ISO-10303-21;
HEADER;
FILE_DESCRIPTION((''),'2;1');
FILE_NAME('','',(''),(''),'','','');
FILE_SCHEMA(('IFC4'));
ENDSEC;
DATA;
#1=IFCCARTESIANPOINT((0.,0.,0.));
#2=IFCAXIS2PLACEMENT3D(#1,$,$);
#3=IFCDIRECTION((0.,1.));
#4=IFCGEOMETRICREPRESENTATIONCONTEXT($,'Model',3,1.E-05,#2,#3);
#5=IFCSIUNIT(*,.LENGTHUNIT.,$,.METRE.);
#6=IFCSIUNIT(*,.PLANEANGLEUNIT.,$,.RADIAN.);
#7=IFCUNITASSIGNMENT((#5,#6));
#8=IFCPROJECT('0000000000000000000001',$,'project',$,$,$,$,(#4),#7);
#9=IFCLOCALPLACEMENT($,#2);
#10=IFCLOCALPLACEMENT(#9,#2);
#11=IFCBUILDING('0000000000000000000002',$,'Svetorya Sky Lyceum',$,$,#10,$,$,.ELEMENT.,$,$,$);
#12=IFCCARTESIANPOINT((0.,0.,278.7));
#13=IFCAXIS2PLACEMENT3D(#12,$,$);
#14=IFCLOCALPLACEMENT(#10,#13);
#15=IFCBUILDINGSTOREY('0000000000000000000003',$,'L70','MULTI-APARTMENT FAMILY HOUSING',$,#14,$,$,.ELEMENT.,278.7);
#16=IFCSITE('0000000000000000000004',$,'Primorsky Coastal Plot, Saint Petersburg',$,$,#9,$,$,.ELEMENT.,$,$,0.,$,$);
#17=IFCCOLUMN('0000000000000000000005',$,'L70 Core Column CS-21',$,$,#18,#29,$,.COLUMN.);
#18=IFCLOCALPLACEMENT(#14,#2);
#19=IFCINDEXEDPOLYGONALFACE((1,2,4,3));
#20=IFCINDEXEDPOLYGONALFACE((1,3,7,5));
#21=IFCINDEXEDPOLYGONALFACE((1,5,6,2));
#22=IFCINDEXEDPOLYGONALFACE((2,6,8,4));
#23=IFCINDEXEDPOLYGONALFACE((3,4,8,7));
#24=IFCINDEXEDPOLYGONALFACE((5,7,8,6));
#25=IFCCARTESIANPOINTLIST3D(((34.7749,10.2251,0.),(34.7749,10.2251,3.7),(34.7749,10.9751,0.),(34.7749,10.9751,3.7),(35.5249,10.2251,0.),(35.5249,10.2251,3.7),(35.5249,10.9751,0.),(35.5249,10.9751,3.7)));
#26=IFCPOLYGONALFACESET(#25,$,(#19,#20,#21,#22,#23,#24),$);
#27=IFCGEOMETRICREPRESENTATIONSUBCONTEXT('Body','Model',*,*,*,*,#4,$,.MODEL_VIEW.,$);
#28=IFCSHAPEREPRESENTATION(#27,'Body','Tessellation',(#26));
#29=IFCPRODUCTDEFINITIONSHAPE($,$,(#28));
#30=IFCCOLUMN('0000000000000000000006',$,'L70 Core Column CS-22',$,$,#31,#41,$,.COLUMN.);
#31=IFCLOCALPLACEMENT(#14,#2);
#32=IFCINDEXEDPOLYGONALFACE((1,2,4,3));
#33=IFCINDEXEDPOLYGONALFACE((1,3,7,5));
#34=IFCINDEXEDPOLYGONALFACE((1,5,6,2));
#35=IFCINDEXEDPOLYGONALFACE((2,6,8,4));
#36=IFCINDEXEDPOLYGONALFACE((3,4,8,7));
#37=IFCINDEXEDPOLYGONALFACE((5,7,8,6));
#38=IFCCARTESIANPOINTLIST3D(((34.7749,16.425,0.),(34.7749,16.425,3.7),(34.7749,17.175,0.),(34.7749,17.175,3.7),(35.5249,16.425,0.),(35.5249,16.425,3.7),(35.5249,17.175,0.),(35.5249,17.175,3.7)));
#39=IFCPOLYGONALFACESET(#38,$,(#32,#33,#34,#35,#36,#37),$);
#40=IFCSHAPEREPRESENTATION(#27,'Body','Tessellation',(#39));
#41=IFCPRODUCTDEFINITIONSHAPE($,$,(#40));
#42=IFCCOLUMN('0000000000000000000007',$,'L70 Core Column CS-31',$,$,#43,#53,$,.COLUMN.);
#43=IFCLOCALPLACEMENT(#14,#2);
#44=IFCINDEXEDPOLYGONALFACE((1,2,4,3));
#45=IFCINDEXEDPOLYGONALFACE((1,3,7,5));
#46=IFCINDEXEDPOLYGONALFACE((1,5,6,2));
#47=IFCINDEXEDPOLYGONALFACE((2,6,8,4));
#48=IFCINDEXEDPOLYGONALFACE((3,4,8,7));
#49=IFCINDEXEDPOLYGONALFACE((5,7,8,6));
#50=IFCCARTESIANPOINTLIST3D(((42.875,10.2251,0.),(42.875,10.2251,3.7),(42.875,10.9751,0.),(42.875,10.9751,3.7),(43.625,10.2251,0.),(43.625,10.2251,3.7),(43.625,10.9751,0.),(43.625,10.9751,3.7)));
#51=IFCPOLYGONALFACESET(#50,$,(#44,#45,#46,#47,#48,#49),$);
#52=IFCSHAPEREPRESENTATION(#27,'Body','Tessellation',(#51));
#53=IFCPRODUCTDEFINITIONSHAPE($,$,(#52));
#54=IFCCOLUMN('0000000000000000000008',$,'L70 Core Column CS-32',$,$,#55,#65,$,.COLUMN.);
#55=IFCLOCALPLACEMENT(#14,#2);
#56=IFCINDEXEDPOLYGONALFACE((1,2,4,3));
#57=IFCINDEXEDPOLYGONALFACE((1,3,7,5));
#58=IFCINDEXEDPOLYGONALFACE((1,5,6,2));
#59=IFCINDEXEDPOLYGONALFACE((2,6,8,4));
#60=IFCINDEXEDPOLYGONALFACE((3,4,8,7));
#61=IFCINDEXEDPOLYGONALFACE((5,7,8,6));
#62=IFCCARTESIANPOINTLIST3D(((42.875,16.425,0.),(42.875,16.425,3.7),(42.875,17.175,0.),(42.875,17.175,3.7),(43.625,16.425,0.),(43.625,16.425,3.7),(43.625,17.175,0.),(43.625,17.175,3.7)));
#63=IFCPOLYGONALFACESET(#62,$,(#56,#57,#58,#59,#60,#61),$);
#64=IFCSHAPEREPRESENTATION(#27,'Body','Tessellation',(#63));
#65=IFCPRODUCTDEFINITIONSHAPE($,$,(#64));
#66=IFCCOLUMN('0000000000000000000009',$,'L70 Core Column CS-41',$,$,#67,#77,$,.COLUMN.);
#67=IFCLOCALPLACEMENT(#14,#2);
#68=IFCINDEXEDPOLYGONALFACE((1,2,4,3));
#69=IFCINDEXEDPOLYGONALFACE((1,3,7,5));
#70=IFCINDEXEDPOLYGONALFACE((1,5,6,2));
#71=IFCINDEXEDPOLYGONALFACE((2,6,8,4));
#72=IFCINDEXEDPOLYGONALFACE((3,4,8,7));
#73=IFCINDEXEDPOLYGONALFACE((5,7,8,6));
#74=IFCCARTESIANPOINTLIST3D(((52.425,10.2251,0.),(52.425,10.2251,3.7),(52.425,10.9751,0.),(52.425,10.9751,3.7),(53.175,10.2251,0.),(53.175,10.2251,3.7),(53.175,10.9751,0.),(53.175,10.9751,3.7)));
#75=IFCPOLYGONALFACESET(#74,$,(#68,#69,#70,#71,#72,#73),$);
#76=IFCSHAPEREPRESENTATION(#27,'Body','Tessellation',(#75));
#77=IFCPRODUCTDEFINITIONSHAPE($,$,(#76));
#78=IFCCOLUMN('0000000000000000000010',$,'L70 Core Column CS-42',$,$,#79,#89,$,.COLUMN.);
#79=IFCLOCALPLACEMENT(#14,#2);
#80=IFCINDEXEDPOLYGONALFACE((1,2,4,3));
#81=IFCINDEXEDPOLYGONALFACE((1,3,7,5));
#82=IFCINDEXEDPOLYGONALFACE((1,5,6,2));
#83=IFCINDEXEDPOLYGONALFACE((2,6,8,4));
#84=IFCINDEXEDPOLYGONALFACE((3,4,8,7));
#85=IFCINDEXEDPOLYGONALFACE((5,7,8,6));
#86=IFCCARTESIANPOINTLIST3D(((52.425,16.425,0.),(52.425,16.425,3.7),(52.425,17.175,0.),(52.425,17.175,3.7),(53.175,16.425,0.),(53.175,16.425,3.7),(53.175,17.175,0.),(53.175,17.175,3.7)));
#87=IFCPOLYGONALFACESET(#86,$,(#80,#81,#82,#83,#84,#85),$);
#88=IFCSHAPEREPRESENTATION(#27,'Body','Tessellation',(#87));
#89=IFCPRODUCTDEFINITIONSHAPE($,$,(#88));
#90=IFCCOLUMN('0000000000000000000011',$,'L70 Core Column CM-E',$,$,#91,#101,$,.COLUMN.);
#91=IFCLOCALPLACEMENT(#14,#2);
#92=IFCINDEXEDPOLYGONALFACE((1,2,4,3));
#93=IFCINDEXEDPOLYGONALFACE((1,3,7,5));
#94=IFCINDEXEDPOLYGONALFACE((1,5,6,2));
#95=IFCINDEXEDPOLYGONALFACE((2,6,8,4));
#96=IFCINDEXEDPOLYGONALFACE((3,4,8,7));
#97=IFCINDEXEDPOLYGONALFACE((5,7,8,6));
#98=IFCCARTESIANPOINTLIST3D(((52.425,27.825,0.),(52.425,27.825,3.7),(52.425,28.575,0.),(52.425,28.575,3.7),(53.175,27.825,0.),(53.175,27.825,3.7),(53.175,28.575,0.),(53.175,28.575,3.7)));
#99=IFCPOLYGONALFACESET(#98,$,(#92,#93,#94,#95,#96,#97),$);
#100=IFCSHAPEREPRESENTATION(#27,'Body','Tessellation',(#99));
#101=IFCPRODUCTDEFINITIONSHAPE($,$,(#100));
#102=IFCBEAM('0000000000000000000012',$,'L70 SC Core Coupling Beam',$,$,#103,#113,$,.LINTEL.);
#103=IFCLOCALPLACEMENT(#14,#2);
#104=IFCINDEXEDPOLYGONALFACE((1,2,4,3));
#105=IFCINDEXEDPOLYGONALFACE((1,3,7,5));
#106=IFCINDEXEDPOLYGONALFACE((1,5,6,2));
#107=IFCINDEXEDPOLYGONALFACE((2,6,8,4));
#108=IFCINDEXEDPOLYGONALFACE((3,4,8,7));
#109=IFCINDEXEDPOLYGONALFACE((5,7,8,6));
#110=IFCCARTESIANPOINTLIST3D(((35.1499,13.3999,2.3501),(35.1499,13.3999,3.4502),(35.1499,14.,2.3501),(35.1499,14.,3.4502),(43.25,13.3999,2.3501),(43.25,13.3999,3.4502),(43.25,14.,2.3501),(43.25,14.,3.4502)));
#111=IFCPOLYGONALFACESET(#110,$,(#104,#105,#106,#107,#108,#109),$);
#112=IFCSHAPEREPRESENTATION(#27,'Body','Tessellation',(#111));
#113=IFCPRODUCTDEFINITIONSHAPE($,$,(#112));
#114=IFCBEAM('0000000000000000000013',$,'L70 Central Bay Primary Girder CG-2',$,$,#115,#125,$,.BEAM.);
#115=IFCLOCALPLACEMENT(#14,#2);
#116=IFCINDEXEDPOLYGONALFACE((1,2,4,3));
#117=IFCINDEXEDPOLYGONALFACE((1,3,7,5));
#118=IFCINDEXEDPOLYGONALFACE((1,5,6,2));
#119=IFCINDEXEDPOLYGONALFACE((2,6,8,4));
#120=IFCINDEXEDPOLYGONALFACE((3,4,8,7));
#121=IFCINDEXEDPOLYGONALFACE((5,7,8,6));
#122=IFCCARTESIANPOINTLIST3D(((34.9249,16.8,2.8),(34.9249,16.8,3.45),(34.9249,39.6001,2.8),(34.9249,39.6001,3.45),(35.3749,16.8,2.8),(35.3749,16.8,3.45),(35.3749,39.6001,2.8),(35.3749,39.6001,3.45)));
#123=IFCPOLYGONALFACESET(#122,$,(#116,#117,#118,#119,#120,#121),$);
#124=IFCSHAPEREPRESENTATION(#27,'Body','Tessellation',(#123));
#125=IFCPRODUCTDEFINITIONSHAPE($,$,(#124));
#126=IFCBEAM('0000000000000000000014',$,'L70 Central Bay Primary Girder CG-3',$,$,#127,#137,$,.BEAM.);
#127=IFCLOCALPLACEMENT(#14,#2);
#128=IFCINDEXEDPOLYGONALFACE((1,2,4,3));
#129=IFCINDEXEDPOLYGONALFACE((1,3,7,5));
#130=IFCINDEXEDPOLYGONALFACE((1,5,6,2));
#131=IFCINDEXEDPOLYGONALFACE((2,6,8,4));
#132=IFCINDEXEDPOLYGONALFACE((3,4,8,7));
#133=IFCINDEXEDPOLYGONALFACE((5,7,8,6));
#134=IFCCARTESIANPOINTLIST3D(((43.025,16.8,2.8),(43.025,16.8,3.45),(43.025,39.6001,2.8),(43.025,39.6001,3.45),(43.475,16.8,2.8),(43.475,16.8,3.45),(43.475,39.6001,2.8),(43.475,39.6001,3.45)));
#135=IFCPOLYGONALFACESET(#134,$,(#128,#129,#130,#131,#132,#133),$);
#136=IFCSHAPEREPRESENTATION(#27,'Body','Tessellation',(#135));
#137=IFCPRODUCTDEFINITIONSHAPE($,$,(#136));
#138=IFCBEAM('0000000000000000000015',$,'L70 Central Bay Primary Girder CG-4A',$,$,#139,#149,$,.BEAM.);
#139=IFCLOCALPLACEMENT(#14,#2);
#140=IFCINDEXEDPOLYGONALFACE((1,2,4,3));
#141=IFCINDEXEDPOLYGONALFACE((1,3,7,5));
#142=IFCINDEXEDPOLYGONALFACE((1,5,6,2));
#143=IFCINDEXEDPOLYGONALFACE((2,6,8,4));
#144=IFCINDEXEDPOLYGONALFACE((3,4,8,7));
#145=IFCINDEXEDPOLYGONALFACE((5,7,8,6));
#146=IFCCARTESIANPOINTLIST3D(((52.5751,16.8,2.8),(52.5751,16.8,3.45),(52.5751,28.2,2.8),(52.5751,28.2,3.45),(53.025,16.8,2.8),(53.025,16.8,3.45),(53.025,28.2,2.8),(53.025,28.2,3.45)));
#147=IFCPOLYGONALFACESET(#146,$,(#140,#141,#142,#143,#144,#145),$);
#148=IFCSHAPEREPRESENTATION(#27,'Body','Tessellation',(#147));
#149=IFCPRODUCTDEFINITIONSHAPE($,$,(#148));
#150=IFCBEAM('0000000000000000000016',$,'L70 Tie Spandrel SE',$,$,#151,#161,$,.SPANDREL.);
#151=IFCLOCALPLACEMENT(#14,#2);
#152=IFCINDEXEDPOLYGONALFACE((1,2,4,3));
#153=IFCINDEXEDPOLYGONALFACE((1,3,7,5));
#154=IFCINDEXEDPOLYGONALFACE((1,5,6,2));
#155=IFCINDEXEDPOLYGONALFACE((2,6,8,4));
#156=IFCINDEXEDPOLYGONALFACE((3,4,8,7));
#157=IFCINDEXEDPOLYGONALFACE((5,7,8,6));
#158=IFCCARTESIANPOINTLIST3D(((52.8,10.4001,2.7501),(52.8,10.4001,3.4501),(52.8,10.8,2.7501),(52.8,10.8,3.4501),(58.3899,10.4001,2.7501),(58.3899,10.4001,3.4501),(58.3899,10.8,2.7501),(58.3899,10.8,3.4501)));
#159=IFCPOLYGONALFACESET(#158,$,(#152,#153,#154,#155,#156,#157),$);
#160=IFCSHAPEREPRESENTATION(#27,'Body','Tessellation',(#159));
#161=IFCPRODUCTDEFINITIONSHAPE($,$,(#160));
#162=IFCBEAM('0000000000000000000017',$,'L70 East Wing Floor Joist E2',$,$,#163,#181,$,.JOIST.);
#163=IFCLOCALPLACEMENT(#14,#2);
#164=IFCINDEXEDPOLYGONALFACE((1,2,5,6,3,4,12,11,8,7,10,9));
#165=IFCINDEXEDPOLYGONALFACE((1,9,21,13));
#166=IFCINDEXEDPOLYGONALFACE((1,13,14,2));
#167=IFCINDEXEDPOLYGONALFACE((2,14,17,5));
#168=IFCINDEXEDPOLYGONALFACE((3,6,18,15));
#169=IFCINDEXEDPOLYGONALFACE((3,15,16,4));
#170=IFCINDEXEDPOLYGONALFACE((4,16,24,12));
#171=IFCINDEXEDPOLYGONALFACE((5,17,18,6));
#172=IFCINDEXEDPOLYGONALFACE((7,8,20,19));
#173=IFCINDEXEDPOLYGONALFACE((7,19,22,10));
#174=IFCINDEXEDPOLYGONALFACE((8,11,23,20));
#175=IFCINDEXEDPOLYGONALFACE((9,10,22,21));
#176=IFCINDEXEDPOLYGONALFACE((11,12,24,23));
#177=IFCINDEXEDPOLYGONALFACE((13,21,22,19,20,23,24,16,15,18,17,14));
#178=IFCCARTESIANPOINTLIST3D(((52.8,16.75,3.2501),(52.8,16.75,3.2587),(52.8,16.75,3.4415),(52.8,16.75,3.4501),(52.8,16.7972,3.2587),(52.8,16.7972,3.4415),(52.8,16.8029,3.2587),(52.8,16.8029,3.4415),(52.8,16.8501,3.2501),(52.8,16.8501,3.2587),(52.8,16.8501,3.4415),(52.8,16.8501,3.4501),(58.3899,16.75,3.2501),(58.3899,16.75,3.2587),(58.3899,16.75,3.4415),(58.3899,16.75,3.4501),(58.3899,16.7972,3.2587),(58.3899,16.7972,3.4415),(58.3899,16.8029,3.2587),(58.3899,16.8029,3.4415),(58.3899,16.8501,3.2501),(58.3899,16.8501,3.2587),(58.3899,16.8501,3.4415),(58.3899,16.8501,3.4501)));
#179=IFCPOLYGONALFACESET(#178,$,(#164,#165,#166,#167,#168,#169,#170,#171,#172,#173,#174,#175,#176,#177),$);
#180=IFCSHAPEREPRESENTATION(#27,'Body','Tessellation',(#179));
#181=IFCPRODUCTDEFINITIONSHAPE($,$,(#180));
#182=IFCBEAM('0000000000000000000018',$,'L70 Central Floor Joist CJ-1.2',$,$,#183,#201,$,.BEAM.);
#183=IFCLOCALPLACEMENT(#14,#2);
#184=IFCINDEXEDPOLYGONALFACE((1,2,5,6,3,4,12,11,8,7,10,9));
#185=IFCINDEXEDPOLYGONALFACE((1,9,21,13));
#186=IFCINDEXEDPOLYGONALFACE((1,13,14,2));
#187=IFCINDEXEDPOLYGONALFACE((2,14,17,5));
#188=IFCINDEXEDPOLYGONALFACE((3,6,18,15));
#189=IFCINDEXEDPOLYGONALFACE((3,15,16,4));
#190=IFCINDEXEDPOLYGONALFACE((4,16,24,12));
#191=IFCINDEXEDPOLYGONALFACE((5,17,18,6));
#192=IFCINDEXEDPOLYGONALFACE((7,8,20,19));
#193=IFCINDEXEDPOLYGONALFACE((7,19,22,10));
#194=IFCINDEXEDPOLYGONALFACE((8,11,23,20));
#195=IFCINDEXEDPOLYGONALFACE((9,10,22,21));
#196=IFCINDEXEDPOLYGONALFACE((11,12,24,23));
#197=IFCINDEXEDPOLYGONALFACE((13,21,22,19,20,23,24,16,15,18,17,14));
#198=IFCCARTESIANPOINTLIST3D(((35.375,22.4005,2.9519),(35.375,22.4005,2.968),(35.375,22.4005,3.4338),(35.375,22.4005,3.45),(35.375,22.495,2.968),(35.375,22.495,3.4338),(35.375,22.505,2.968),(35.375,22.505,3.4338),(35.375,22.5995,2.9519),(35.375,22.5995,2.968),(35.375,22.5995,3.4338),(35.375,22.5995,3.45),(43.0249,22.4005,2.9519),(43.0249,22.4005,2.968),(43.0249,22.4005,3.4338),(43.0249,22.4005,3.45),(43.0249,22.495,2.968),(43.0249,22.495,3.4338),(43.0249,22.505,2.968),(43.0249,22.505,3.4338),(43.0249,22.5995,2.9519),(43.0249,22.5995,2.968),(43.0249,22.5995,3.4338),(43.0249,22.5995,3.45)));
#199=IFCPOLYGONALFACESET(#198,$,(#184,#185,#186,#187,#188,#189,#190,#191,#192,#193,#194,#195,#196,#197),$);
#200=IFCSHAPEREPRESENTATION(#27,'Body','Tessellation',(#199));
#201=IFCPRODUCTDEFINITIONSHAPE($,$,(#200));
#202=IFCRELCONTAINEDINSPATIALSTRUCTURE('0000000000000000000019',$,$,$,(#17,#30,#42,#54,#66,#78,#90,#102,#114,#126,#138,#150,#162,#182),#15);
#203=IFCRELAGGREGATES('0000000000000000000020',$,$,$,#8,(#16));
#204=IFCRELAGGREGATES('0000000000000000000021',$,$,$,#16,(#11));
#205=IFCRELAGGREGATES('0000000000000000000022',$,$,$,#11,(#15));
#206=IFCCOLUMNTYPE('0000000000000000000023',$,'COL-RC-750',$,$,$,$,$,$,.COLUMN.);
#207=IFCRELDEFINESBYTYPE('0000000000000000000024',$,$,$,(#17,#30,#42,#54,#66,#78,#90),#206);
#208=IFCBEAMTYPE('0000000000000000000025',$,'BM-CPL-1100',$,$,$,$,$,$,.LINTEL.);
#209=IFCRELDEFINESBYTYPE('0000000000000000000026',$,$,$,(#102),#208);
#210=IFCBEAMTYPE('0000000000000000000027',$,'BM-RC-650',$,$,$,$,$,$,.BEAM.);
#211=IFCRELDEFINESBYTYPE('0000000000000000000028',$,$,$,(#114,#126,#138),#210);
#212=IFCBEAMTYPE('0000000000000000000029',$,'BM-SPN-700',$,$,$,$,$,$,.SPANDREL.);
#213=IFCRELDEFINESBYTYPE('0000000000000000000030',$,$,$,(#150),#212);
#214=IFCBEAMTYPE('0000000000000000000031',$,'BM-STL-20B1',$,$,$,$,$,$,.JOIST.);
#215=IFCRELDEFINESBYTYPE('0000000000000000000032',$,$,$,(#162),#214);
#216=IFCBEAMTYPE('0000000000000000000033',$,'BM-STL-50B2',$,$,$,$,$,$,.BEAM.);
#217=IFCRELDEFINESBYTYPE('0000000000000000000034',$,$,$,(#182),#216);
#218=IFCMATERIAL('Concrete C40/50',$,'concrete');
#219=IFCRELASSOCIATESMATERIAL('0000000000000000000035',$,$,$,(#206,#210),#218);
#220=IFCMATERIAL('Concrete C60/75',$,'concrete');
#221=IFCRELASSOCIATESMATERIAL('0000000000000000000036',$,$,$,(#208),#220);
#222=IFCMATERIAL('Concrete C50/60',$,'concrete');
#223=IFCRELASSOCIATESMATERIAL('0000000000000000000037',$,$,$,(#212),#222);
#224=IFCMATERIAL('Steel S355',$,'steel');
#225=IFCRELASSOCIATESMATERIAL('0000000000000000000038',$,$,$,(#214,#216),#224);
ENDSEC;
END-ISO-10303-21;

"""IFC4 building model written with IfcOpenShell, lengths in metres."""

from ifc_helpers import new_model, si_unit, direction, frame, origin, origin_2d, place, context, subcontext, project, spatial, rectangle, i_section, extrude, material, material_profile, profile_set, type_object, element, save


model = new_model("IFC4")

# Units and contexts
model_context = context("Model", 3, precision=1e-05, world=origin(), true_north=direction((0.0, 1.0)))
body_context = subcontext(model_context, "Body", "Model", "MODEL_VIEW")
ifc_project = project(units=[si_unit("LENGTHUNIT", "METRE"), si_unit("PLANEANGLEUNIT", "RADIAN")], contexts=[model_context])

# Site, building, storey
site_placement = place(None, origin())
site = spatial("IfcSite", under=ifc_project, at=site_placement, Name="Primorsky Coastal Plot, Saint Petersburg", CompositionType="ELEMENT", RefElevation=0.0)
building_placement = place(site_placement, origin())
building = spatial("IfcBuilding", under=site, at=building_placement, Name="Svetorya Sky Lyceum", CompositionType="ELEMENT")
storey_placement = place(building_placement, frame((0.0, 0.0, 278.7)))
storey = spatial("IfcBuildingStorey", under=building, at=storey_placement, Name="L70", Description="MULTI-APARTMENT FAMILY HOUSING", CompositionType="ELEMENT", Elevation=278.7)

# Columns
ifc_material_1 = material(Name="Concrete C40/50", Category="concrete")
ifc_material_profile_1 = material_profile(ifc_material_1, rectangle(XDim=0.75, YDim=0.75, at=origin_2d()), Name="RC COL 750x750")
ifc_profile_set_1 = profile_set([ifc_material_profile_1], Name="Concrete C40/50")
column_type = type_object("IfcColumnType", Name="COL-RC-750", PredefinedType="COLUMN", material=ifc_profile_set_1)
for number, where, z_axis, x_axis, name in (
    (1, (35.1499, 10.6001, 0.0), (0.0, 0.0, 1.0), (1.0, 0.0, 0.0), "L70 Core Column CS-21"),
    (2, (35.1499, 16.8, 0.0), (0.0, 0.0, 1.0), (1.0, 0.0, 0.0), "L70 Core Column CS-22"),
    (3, (43.25, 10.6001, 0.0), (0.0, 0.0, 1.0), (1.0, 0.0, 0.0), "L70 Core Column CS-31"),
    (4, (43.25, 16.8, 0.0), (0.0, 0.0, 1.0), (1.0, 0.0, 0.0), "L70 Core Column CS-32"),
    (5, (52.8, 10.6001, 0.0), (0.0, 0.0, 1.0), (1.0, 0.0, 0.0), "L70 Core Column CS-41"),
    (6, (52.8, 16.8, 0.0), (0.0, 0.0, 1.0), (1.0, 0.0, 0.0), "L70 Core Column CS-42"),
    (7, (52.8, 28.2, 0.0), (0.0, 0.0, 1.0), (1.0, 0.0, 0.0), "L70 Core Column CM-E"),
):
    element("IfcColumn", number, at=place(storey_placement, frame(where, z_axis=z_axis, x_axis=x_axis)), inside=storey, type_object=column_type, Name=name, PredefinedType="COLUMN", context=body_context, shape_type="SweptSolid", body=[
        extrude(rectangle(XDim=0.75, YDim=0.75, at=origin_2d()), origin(), (0.0, 0.0, 1.0), 3.7),
    ])

# Beams
ifc_material_2 = material(Name="Concrete C60/75", Category="concrete")
ifc_material_profile_2 = material_profile(ifc_material_2, rectangle(XDim=0.6001, YDim=1.1001, at=origin_2d()), Name="RC COUPLING 600x1100")
ifc_profile_set_2 = profile_set([ifc_material_profile_2], Name="Concrete C60/75")
beam_type_1 = type_object("IfcBeamType", Name="BM-CPL-1100", PredefinedType="LINTEL", material=ifc_profile_set_2)
beam_1_placement = place(storey_placement, frame((35.1499, 13.7, 2.9001), z_axis=(1.0, 0.0, 0.0), x_axis=(0.0, 1.0, 0.0)))
element("IfcBeam", 8, at=beam_1_placement, inside=storey, type_object=beam_type_1, Name="L70 SC Core Coupling Beam", PredefinedType="LINTEL", context=body_context, shape_type="SweptSolid", body=[
    extrude(rectangle(XDim=0.6001, YDim=1.1001, at=origin_2d()), origin(), (0.0, 0.0, 1.0), 8.1001),
])
ifc_material_profile_3 = material_profile(ifc_material_1, rectangle(XDim=0.45, YDim=0.6499, at=origin_2d()), Name="RC BEAM 450x650")
ifc_profile_set_3 = profile_set([ifc_material_profile_3], Name="Concrete C40/50")
beam_type_2 = type_object("IfcBeamType", Name="BM-RC-650", PredefinedType="BEAM", material=ifc_profile_set_3)
for number, where, z_axis, x_axis, name in (
    (9, (35.1499, 16.8, 3.125), (0.0, 1.0, 0.0), (-1.0, 0.0, 0.0), "L70 Central Bay Primary Girder CG-2"),
    (10, (43.25, 16.8, 3.125), (0.0, 1.0, 0.0), (-1.0, 0.0, 0.0), "L70 Central Bay Primary Girder CG-3"),
):
    element("IfcBeam", number, at=place(storey_placement, frame(where, z_axis=z_axis, x_axis=x_axis)), inside=storey, type_object=beam_type_2, Name=name, PredefinedType="BEAM", context=body_context, shape_type="SweptSolid", body=[
        extrude(rectangle(XDim=0.45, YDim=0.6499, at=origin_2d()), origin(), (0.0, 0.0, 1.0), 22.8),
    ])
beam_2_placement = place(storey_placement, frame((52.8, 16.8, 3.125), z_axis=(0.0, 1.0, 0.0), x_axis=(-1.0, 0.0, 0.0)))
element("IfcBeam", 11, at=beam_2_placement, inside=storey, type_object=beam_type_2, Name="L70 Central Bay Primary Girder CG-4A", PredefinedType="BEAM", context=body_context, shape_type="SweptSolid", body=[
    extrude(rectangle(XDim=0.45, YDim=0.6499, at=origin_2d()), origin(), (0.0, 0.0, 1.0), 11.3999),
])
ifc_material_3 = material(Name="Concrete C50/60", Category="concrete")
ifc_material_profile_4 = material_profile(ifc_material_3, rectangle(XDim=0.3999, YDim=0.7, at=origin_2d()), Name="RC SPANDREL 400x700")
ifc_profile_set_4 = profile_set([ifc_material_profile_4], Name="Concrete C50/60")
beam_type_3 = type_object("IfcBeamType", Name="BM-SPN-700", PredefinedType="SPANDREL", material=ifc_profile_set_4)
beam_3_placement = place(storey_placement, frame((52.8, 10.6001, 3.1001), z_axis=(1.0, 0.0, 0.0), x_axis=(0.0, 1.0, 0.0)))
element("IfcBeam", 12, at=beam_3_placement, inside=storey, type_object=beam_type_3, Name="L70 Tie Spandrel SE", PredefinedType="SPANDREL", context=body_context, shape_type="SweptSolid", body=[
    extrude(rectangle(XDim=0.3999, YDim=0.7, at=origin_2d()), origin(), (0.0, 0.0, 1.0), 5.5898),
])
ifc_material_4 = material(Name="Steel S355", Category="steel")
ifc_material_profile_5 = material_profile(ifc_material_4, i_section(OverallWidth=0.1001, OverallDepth=0.2, WebThickness=0.0056, FlangeThickness=0.0085, at=origin_2d()), Name="GOST 20B1")
ifc_profile_set_5 = profile_set([ifc_material_profile_5], Name="Steel S355")
beam_type_4 = type_object("IfcBeamType", Name="BM-STL-20B1", PredefinedType="JOIST", material=ifc_profile_set_5)
beam_4_placement = place(storey_placement, frame((52.8, 16.8, 3.3501), z_axis=(1.0, 0.0, 0.0), x_axis=(0.0, 1.0, 0.0)))
element("IfcBeam", 13, at=beam_4_placement, inside=storey, type_object=beam_type_4, Name="L70 East Wing Floor Joist E2", PredefinedType="JOIST", context=body_context, shape_type="SweptSolid", body=[
    extrude(i_section(OverallWidth=0.1001, OverallDepth=0.2, WebThickness=0.0056, FlangeThickness=0.0085, at=origin_2d()), origin(), (0.0, 0.0, 1.0), 5.5898),
])
ifc_material_profile_6 = material_profile(ifc_material_4, i_section(OverallWidth=0.199, OverallDepth=0.498, WebThickness=0.01, FlangeThickness=0.0161, at=origin_2d()), Name="GOST 50B2")
ifc_profile_set_6 = profile_set([ifc_material_profile_6], Name="Steel S355")
beam_type_5 = type_object("IfcBeamType", Name="BM-STL-50B2", PredefinedType="BEAM", material=ifc_profile_set_6)
beam_5_placement = place(storey_placement, frame((35.375, 22.5, 3.2009), z_axis=(1.0, 0.0, 0.0), x_axis=(0.0, 1.0, 0.0)))
element("IfcBeam", 14, at=beam_5_placement, inside=storey, type_object=beam_type_5, Name="L70 Central Floor Joist CJ-1.2", PredefinedType="BEAM", context=body_context, shape_type="SweptSolid", body=[
    extrude(i_section(OverallWidth=0.199, OverallDepth=0.498, WebThickness=0.01, FlangeThickness=0.0161, at=origin_2d()), origin(), (0.0, 0.0, 1.0), 7.6499),
])

save(model, "model.ifc")
